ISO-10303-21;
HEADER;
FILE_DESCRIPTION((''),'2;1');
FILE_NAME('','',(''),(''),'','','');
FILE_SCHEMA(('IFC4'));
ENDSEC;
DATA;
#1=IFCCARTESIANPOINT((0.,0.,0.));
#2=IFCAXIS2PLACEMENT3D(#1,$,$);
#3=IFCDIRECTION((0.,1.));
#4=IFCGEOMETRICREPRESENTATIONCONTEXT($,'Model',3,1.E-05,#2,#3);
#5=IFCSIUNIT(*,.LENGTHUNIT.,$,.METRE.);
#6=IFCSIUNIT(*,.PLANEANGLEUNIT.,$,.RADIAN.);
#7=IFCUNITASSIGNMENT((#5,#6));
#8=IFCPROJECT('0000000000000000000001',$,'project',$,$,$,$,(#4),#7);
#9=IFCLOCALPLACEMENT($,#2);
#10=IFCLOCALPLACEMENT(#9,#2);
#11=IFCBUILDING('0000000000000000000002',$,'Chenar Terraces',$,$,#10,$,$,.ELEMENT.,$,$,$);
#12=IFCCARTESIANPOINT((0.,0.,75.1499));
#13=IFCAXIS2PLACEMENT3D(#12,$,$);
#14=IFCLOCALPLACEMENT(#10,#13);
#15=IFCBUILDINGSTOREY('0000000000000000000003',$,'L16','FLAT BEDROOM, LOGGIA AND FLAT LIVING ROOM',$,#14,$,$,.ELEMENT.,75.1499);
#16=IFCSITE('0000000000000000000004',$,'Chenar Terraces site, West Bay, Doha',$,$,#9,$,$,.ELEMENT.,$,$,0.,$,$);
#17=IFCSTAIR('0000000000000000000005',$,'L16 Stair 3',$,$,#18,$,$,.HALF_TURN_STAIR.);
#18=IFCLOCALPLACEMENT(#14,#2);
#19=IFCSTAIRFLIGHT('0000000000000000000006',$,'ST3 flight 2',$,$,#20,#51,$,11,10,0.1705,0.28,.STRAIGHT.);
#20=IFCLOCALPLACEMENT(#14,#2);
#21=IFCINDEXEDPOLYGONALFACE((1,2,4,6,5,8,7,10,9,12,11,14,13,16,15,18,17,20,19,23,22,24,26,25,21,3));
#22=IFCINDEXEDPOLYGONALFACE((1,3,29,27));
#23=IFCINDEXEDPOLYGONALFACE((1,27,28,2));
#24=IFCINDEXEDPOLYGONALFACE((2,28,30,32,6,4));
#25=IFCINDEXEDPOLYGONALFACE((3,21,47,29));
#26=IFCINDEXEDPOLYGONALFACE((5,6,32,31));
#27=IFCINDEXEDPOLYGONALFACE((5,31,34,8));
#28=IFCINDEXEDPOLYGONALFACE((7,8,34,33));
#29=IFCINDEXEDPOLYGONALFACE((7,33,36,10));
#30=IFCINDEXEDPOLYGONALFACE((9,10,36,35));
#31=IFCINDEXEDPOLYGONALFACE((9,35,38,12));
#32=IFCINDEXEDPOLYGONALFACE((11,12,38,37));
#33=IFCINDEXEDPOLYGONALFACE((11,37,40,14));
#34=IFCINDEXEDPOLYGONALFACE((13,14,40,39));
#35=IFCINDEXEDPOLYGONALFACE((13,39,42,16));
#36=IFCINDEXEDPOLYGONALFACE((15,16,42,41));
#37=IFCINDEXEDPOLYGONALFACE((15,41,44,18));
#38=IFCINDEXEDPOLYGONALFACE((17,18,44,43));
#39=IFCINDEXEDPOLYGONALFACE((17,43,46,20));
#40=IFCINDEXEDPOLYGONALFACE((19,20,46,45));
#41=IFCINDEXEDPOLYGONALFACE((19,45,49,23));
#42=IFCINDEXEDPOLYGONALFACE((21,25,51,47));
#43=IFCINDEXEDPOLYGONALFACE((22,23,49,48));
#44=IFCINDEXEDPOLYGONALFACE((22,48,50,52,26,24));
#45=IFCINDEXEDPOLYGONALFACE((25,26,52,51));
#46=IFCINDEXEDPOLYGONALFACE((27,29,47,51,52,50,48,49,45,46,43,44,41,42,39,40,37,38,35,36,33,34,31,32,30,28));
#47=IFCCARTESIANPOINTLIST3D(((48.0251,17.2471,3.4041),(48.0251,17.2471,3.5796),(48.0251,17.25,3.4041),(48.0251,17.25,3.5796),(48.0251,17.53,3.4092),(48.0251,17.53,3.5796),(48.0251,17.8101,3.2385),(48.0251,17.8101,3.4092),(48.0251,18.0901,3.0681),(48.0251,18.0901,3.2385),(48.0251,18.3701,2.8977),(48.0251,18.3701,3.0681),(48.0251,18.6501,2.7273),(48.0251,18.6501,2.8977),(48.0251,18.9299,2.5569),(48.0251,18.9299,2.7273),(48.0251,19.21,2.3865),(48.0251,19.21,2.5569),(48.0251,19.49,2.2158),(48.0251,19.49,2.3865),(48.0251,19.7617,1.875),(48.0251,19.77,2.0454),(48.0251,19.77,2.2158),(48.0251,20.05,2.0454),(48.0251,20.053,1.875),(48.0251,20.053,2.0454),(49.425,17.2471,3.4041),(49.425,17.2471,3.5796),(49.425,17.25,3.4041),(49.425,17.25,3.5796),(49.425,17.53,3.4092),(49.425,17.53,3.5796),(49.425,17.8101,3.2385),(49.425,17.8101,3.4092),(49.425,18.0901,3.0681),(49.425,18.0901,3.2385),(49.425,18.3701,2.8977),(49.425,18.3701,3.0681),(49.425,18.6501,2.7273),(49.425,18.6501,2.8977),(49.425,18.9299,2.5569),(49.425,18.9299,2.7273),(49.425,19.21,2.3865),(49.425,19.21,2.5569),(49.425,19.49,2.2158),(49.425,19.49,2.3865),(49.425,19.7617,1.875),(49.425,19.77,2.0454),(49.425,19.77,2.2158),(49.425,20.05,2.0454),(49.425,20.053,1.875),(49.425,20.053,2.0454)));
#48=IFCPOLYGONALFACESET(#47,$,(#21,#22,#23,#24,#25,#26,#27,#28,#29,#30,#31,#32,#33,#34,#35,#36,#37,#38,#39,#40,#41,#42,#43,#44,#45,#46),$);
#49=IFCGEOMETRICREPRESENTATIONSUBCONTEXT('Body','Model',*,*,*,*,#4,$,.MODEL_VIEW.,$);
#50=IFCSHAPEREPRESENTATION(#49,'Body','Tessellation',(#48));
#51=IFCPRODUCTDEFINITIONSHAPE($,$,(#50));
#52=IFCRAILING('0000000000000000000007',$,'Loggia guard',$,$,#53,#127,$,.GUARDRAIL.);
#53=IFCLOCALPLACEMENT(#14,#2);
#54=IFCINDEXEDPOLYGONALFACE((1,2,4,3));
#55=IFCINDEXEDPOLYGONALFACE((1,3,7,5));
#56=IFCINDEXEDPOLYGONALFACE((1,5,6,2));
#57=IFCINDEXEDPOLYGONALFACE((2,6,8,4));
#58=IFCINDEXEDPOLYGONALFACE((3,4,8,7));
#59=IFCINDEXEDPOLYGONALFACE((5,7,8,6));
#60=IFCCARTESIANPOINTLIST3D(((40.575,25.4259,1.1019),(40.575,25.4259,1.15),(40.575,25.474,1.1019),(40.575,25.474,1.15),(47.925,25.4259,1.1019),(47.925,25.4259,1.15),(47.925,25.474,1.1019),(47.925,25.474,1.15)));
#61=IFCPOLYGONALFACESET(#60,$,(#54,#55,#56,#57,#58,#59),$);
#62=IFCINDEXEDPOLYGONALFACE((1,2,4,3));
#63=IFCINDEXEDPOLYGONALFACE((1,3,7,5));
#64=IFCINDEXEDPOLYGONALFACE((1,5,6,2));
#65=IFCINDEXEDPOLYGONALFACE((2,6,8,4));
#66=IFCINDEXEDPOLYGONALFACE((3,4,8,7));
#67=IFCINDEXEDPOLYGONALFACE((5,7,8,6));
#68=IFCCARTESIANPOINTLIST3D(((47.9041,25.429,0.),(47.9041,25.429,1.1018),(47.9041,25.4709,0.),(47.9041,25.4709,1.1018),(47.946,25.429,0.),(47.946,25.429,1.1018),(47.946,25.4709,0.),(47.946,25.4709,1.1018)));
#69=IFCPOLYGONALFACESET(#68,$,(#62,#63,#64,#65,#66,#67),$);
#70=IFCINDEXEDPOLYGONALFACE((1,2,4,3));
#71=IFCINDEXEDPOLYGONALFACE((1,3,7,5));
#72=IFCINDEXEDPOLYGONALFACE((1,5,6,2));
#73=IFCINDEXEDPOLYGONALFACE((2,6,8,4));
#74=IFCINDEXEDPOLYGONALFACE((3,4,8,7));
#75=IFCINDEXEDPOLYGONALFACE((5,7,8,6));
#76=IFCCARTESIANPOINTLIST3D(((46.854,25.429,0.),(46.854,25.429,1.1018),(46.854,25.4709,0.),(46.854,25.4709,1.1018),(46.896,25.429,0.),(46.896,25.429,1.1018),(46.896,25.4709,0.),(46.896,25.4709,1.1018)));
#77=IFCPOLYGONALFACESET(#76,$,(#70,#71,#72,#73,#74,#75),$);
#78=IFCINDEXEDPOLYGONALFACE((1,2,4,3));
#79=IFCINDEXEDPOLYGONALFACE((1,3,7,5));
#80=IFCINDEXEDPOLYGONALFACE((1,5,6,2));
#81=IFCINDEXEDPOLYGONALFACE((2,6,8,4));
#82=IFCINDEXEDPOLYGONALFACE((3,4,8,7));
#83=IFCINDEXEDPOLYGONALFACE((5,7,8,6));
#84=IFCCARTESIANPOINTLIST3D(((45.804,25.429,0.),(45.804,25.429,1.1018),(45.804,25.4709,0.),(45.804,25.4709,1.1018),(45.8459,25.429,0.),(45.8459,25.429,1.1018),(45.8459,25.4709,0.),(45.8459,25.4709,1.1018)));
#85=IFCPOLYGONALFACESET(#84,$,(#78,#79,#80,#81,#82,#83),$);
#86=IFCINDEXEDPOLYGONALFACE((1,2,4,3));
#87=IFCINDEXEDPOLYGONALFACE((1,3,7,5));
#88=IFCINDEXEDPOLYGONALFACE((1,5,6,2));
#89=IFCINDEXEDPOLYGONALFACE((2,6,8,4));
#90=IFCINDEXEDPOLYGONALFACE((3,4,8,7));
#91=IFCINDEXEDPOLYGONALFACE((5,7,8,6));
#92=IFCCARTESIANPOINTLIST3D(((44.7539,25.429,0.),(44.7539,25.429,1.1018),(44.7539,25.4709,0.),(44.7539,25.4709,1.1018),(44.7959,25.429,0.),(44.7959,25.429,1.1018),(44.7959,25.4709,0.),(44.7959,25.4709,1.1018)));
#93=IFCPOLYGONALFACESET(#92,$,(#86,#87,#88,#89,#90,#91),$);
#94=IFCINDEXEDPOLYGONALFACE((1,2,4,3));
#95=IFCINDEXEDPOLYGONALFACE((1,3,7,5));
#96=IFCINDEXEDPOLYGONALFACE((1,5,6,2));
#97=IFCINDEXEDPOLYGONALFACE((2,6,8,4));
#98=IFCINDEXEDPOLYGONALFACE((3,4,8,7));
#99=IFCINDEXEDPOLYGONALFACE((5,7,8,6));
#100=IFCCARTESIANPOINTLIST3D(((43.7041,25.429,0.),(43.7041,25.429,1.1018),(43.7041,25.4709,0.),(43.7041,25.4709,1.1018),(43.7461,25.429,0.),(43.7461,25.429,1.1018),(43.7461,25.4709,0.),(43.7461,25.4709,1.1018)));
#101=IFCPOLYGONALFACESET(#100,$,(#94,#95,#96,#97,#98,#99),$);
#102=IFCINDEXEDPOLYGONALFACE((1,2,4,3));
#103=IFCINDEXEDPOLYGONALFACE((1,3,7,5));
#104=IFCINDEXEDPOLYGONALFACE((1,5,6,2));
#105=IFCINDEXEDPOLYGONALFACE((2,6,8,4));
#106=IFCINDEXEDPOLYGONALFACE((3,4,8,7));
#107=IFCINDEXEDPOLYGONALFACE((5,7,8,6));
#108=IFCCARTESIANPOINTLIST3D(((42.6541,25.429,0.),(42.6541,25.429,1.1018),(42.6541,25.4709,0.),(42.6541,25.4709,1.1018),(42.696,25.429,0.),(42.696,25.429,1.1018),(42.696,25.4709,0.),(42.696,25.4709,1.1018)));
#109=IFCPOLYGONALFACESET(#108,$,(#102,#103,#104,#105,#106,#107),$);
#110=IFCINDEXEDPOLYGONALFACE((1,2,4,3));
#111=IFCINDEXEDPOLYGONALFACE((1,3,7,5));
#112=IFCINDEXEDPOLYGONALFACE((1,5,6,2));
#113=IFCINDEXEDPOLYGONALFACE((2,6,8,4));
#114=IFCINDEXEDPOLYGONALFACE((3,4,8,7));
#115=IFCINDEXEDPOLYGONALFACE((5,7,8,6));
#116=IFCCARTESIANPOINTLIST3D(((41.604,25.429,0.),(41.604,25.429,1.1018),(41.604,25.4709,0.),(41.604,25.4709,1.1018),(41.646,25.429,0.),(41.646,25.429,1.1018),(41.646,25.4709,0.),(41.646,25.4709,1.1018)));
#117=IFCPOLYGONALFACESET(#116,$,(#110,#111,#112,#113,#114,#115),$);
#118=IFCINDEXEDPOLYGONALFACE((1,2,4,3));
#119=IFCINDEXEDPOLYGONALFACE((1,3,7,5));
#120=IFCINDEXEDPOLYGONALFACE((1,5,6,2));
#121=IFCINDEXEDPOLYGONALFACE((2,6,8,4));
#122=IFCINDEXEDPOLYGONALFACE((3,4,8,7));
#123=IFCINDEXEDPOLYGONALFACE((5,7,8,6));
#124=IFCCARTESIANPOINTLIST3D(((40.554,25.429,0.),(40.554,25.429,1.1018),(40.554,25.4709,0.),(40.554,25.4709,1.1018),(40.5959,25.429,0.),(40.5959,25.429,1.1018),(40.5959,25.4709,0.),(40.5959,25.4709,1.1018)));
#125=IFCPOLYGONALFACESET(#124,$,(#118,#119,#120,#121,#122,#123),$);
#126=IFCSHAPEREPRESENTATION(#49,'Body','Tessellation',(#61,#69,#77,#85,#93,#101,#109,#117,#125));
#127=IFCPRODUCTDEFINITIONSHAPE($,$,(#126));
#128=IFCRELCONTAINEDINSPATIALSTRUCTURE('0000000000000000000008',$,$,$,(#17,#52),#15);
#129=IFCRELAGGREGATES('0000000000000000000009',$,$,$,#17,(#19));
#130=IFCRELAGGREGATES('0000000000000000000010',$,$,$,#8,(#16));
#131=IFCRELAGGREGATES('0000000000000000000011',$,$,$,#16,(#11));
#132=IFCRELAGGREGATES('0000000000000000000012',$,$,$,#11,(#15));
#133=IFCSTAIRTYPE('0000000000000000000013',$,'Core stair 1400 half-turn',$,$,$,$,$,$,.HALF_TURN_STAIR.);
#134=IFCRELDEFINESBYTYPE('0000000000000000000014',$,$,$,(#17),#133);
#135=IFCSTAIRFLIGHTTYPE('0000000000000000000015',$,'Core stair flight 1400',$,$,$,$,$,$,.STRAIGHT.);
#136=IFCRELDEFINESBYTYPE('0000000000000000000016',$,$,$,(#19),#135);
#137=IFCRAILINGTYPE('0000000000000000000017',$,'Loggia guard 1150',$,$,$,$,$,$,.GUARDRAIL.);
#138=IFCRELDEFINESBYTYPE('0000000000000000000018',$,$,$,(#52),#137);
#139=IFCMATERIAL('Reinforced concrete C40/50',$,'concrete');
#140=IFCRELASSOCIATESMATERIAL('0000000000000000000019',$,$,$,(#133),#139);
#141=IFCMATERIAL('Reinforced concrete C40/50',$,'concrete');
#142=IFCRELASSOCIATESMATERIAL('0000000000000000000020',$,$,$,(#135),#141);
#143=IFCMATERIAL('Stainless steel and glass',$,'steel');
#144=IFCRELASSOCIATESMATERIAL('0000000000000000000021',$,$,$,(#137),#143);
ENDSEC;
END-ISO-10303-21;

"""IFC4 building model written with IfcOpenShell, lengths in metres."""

from ifc_helpers import new_model, si_unit, direction, frame, origin, origin_2d, place, context, subcontext, project, spatial, polyline, rectangle, outline, extrude, material, type_object, element, aggregate, save


model = new_model("IFC4")

# Units and contexts
model_context = context("Model", 3, precision=1e-05, world=origin(), true_north=direction((0.0, 1.0)))
body_context = subcontext(model_context, "Body", "Model", "MODEL_VIEW")
ifc_project = project(units=[si_unit("LENGTHUNIT", "METRE"), si_unit("PLANEANGLEUNIT", "RADIAN")], contexts=[model_context])

# Site, building, storey
site_placement = place(None, origin())
site = spatial("IfcSite", under=ifc_project, at=site_placement, Name="Chenar Terraces site, West Bay, Doha", CompositionType="ELEMENT", RefElevation=0.0)
building_placement = place(site_placement, origin())
building = spatial("IfcBuilding", under=site, at=building_placement, Name="Chenar Terraces", CompositionType="ELEMENT")
storey_placement = place(building_placement, frame((0.0, 0.0, 75.1499)))
storey = spatial("IfcBuildingStorey", under=building, at=storey_placement, Name="L16", Description="FLAT BEDROOM, LOGGIA AND FLAT LIVING ROOM", CompositionType="ELEMENT", Elevation=75.1499)

# Stair, stair flight
ifc_material_1 = material(Name="Reinforced concrete C40/50", Category="concrete")
stair_type = type_object("IfcStairType", Name="Core stair 1400 half-turn", PredefinedType="HALF_TURN_STAIR", material=ifc_material_1)
stair_placement = place(storey_placement, origin())
stair = element("IfcStair", 1, at=stair_placement, inside=storey, type_object=stair_type, Name="L16 Stair 3", PredefinedType="HALF_TURN_STAIR")
ifc_material_2 = material(Name="Reinforced concrete C40/50", Category="concrete")
stair_flight_type = type_object("IfcStairFlightType", Name="Core stair flight 1400", PredefinedType="STRAIGHT", material=ifc_material_2)
stair_flight_1_placement = place(storey_placement, frame((48.7251, 20.05, 1.875), z_axis=(0.0, 0.0, 1.0), x_axis=(0.0, -1.0, 0.0)))
stair_flight_1 = element("IfcStairFlight", 2, at=stair_flight_1_placement, type_object=stair_flight_type, Name="ST3 flight 2", NumberOfRisers=11, NumberOfTreads=10, PredefinedType="STRAIGHT", RiserHeight=0.1705, TreadLength=0.28, context=body_context, shape_type="SweptSolid", body=[
    extrude(outline(polyline([(-0.0029, 0.0), (-0.0029, 0.1704), (0.0, 0.1704), (0.28, 0.1704), (0.28, 0.3408), (0.5601, 0.3408), (0.5601, 0.5115), (0.8401, 0.5115), (0.8401, 0.6819), (1.1201, 0.6819), (1.1201, 0.8523), (1.3999, 0.8523), (1.3999, 1.0227), (1.6799, 1.0227), (1.6799, 1.1931), (1.96, 1.1931), (1.96, 1.3635), (2.24, 1.3635), (2.24, 1.5342), (2.52, 1.5342), (2.52, 1.7046), (2.8, 1.7046), (2.803, 1.7046), (2.803, 1.5291), (2.8, 1.5291), (0.2883, 0.0), (-0.0029, 0.0)])), frame((0.0, 0.7, 0.0), z_axis=(0.0, -1.0, 0.0), x_axis=(1.0, 0.0, 0.0)), (0.0, 0.0, 1.0), 1.3999),
])
aggregate(stair, [stair_flight_1])

# Railing
ifc_material_3 = material(Name="Stainless steel and glass", Category="steel")
railing_type_1 = type_object("IfcRailingType", Name="Loggia guard 1150", PredefinedType="GUARDRAIL", material=ifc_material_3)
railing_1_placement = place(storey_placement, frame((47.925, 25.45, 0.0)))
element("IfcRailing", 3, at=railing_1_placement, inside=storey, type_object=railing_type_1, Name="Loggia guard", PredefinedType="GUARDRAIL", context=body_context, shape_type="SweptSolid", body=[
    extrude(rectangle(XDim=0.0481, YDim=0.0481, at=origin_2d()), frame((0.0, 0.0, 1.126), z_axis=(-1.0, 0.0, 0.0), x_axis=(0.0, -1.0, 0.0)), (0.0, 0.0, 1.0), 7.3501),
    extrude(rectangle(XDim=0.042, YDim=0.042, at=origin_2d()), origin(), (0.0, 0.0, 1.0), 1.1018),
    extrude(rectangle(XDim=0.042, YDim=0.042, at=origin_2d()), frame((-1.05, 0.0, 0.0)), (0.0, 0.0, 1.0), 1.1018),
    extrude(rectangle(XDim=0.042, YDim=0.042, at=origin_2d()), frame((-2.1001, 0.0, 0.0)), (0.0, 0.0, 1.0), 1.1018),
    extrude(rectangle(XDim=0.042, YDim=0.042, at=origin_2d()), frame((-3.1501, 0.0, 0.0)), (0.0, 0.0, 1.0), 1.1018),
    extrude(rectangle(XDim=0.042, YDim=0.042, at=origin_2d()), frame((-4.2, 0.0, 0.0)), (0.0, 0.0, 1.0), 1.1018),
    extrude(rectangle(XDim=0.042, YDim=0.042, at=origin_2d()), frame((-5.25, 0.0, 0.0)), (0.0, 0.0, 1.0), 1.1018),
    extrude(rectangle(XDim=0.042, YDim=0.042, at=origin_2d()), frame((-6.3, 0.0, 0.0)), (0.0, 0.0, 1.0), 1.1018),
    extrude(rectangle(XDim=0.042, YDim=0.042, at=origin_2d()), frame((-7.3501, 0.0, 0.0)), (0.0, 0.0, 1.0), 1.1018),
])

save(model, "model.ifc")
